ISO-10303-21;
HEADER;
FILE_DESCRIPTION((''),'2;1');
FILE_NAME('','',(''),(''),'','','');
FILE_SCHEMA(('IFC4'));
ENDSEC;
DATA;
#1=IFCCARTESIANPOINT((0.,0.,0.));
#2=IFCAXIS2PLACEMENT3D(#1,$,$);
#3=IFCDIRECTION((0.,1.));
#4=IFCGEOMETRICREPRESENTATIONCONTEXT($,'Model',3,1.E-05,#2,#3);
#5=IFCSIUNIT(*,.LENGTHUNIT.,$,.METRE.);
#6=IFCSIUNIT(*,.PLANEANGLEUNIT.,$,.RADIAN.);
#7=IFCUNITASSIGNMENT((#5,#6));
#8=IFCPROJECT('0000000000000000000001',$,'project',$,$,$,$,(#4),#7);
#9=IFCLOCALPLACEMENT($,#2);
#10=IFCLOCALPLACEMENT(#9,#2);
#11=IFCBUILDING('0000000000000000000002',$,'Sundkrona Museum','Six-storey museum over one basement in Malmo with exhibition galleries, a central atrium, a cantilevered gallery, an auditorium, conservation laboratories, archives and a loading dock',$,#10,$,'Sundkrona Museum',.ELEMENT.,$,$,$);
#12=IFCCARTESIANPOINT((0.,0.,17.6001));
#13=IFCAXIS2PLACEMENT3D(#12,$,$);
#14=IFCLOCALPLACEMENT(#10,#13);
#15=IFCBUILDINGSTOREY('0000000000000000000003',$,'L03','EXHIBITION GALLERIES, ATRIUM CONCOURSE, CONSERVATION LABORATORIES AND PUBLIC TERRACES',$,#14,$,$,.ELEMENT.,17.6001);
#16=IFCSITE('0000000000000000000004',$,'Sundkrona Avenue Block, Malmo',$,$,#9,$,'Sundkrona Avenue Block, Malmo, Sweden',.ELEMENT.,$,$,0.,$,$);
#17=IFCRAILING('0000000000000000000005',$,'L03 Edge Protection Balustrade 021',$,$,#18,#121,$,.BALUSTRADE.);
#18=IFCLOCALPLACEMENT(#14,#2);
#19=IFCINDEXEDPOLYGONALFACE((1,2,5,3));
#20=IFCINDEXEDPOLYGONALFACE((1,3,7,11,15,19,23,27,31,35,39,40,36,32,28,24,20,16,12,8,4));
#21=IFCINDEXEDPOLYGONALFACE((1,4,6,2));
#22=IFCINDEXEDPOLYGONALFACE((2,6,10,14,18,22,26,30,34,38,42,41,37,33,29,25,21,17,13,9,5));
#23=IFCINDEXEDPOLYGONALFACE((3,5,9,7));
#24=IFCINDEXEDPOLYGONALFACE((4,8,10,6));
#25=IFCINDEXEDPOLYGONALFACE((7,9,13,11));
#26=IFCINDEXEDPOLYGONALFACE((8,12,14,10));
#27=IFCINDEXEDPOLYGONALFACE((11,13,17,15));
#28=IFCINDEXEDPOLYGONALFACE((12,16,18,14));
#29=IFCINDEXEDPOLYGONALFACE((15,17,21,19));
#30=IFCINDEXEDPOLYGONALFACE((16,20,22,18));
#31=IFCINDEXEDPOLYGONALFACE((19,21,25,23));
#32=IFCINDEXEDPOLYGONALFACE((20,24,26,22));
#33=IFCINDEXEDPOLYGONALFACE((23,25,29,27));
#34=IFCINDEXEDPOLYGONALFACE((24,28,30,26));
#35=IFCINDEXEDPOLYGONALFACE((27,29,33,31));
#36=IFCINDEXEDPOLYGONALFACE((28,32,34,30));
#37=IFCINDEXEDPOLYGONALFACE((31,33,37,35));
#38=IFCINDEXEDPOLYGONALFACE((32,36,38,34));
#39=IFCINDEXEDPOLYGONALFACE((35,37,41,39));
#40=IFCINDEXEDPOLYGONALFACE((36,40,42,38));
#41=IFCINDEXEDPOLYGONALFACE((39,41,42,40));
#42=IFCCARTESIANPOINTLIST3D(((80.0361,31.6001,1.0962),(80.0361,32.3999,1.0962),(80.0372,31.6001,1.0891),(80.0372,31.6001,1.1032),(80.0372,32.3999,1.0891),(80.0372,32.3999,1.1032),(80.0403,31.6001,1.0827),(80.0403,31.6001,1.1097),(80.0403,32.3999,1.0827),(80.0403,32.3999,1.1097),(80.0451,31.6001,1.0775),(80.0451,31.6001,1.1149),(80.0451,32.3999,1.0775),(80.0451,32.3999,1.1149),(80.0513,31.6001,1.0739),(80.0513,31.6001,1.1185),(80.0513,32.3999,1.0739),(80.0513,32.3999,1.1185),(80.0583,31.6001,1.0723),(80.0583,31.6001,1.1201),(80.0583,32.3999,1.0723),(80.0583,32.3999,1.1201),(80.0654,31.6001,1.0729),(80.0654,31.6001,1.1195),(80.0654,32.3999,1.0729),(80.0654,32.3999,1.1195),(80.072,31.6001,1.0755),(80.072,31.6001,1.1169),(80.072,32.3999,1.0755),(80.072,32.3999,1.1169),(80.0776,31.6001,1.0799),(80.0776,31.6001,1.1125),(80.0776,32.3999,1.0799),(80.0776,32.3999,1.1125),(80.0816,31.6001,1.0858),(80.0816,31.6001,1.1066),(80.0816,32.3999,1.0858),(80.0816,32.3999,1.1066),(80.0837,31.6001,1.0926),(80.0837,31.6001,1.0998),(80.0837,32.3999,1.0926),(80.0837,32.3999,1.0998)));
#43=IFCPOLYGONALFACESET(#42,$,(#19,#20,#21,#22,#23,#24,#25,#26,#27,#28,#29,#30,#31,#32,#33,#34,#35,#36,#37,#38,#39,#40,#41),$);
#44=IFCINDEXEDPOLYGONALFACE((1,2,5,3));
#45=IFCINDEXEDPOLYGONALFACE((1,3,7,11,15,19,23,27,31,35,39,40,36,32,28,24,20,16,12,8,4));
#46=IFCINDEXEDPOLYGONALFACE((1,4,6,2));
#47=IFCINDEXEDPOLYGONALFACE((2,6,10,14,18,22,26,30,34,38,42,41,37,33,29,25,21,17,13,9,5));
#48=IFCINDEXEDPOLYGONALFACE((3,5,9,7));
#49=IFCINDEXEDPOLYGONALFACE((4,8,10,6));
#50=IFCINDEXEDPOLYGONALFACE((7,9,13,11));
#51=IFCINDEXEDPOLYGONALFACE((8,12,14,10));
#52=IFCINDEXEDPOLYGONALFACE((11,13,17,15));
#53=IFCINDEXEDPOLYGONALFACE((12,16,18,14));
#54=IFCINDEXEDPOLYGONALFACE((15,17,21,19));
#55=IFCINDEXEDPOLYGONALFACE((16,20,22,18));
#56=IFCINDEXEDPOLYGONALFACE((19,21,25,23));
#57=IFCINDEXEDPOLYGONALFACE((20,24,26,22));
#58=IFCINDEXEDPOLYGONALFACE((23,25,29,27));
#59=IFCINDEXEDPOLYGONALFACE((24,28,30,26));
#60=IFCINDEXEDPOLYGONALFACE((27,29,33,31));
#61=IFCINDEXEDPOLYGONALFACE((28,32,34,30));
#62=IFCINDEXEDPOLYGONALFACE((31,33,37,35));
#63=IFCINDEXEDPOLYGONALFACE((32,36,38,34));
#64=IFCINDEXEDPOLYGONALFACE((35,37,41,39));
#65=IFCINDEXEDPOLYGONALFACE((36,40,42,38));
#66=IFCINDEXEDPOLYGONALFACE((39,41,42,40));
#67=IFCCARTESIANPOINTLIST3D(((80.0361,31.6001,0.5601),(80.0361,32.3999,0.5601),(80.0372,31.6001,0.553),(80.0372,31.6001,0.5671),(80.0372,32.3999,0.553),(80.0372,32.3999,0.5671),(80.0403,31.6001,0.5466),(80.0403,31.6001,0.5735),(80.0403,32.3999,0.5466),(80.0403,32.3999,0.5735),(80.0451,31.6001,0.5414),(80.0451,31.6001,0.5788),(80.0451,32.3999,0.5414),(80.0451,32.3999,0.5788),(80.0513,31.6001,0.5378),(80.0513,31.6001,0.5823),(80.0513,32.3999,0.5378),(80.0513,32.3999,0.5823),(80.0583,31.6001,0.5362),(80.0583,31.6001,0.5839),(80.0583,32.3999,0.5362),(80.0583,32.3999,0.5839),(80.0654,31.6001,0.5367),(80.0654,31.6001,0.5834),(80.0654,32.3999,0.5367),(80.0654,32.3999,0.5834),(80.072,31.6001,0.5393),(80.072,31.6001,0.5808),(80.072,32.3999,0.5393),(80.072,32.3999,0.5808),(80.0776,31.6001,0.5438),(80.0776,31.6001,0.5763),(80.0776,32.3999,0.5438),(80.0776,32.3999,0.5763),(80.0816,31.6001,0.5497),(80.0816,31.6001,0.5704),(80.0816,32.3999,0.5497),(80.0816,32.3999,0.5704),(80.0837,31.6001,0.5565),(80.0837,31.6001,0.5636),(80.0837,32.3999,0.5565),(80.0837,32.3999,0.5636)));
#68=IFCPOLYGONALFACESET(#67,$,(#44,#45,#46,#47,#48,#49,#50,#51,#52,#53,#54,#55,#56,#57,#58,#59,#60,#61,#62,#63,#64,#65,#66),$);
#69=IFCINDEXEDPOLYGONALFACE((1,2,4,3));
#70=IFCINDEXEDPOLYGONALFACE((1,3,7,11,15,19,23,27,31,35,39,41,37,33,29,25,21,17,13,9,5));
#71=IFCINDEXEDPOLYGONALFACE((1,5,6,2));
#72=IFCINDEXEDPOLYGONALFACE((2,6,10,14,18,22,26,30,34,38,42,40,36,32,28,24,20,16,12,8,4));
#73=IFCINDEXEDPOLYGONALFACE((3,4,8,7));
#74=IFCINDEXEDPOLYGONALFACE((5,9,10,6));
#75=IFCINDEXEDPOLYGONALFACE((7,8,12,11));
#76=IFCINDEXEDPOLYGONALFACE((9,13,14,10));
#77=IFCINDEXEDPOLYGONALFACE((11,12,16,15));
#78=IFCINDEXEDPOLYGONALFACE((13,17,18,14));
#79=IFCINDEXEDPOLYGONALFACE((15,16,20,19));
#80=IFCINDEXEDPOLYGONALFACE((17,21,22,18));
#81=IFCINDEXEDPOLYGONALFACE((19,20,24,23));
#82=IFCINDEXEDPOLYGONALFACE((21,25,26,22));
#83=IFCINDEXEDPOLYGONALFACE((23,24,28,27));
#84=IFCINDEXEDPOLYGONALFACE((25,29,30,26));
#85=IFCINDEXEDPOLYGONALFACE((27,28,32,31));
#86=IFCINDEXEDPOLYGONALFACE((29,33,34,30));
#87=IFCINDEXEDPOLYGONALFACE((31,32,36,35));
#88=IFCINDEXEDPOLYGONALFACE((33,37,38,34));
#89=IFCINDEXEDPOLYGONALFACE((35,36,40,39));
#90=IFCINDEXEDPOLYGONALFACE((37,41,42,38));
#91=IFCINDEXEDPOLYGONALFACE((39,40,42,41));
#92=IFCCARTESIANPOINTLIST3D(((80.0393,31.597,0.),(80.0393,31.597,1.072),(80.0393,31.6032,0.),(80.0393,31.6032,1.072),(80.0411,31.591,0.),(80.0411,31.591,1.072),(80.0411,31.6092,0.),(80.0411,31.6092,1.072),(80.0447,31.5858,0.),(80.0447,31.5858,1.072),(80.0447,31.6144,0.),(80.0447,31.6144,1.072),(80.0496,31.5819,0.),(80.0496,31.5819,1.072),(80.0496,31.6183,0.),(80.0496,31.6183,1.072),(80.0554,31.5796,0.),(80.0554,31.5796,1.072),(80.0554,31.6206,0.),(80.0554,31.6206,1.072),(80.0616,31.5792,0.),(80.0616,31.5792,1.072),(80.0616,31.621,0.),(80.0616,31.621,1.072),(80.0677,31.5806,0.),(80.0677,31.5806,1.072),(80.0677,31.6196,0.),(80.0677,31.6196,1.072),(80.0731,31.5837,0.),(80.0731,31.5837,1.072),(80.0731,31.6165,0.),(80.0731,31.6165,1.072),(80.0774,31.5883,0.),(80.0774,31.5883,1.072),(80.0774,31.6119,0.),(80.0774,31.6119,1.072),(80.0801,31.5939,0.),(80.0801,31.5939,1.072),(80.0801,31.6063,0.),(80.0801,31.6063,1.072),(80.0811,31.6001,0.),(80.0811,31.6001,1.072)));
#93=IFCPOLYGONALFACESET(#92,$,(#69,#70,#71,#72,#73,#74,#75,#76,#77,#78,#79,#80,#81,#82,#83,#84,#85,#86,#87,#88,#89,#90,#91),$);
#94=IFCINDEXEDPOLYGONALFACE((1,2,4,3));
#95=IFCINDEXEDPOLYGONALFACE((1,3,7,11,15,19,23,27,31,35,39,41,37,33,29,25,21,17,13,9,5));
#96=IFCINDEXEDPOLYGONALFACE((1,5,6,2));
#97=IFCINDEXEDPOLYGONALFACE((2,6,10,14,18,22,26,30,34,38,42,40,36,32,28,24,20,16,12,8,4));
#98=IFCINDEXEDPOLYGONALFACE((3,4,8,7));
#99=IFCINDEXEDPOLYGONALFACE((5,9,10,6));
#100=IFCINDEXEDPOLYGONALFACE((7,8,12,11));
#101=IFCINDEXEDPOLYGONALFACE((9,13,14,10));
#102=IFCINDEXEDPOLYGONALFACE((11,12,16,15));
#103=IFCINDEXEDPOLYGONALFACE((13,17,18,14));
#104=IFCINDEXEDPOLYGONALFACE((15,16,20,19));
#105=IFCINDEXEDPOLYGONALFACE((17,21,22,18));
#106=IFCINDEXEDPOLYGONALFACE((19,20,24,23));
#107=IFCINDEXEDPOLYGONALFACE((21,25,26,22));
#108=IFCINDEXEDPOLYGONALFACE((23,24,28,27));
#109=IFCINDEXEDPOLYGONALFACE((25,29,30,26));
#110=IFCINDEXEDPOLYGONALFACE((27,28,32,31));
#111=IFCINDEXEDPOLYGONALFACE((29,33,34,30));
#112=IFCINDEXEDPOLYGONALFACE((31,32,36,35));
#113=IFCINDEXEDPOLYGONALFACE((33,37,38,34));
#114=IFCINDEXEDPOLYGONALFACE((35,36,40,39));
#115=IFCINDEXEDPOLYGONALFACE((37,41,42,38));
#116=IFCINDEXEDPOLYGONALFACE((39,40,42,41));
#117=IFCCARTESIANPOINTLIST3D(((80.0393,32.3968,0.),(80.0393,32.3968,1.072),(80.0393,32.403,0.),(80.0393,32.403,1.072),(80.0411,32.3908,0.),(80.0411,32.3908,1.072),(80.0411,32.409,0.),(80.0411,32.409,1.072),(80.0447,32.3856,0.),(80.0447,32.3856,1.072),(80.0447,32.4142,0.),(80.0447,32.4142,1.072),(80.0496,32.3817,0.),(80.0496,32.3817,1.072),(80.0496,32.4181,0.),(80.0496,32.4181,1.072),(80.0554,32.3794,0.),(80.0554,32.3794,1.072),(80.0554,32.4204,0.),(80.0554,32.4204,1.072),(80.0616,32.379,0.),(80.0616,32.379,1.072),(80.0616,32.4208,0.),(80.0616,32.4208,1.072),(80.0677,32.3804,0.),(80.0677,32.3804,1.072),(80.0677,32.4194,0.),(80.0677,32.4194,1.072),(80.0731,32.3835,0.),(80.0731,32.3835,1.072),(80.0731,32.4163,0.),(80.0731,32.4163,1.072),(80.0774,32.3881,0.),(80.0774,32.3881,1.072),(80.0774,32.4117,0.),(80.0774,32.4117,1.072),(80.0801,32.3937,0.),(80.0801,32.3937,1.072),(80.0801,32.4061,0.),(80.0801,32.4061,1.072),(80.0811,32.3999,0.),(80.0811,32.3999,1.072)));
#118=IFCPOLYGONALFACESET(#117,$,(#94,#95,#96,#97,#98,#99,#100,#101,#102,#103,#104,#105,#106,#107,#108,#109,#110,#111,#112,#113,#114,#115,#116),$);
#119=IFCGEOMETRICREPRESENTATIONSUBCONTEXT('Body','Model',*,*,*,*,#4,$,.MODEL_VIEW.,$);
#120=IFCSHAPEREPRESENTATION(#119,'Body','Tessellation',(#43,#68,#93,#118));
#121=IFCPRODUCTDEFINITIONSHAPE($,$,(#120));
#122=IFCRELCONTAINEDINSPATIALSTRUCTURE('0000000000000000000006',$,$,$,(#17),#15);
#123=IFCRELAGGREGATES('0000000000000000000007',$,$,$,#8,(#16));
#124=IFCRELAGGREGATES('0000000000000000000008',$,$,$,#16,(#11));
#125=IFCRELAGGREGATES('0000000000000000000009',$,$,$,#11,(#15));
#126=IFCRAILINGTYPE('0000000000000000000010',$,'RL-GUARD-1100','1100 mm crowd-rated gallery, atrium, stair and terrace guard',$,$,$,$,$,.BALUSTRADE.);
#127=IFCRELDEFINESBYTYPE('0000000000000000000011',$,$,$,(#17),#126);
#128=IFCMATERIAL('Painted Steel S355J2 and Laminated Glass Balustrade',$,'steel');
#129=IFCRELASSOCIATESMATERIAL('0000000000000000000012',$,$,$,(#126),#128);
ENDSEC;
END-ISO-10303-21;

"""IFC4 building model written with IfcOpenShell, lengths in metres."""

from ifc_helpers import new_model, si_unit, direction, frame, origin, origin_2d, place, context, subcontext, project, spatial, circle, extrude, material, type_object, element, save


model = new_model("IFC4")

# Units and contexts
model_context = context("Model", 3, precision=1e-05, world=origin(), true_north=direction((0.0, 1.0)))
body_context = subcontext(model_context, "Body", "Model", "MODEL_VIEW")
ifc_project = project(units=[si_unit("LENGTHUNIT", "METRE"), si_unit("PLANEANGLEUNIT", "RADIAN")], contexts=[model_context])

# Site, building, storey
site_placement = place(None, origin())
site = spatial("IfcSite", under=ifc_project, at=site_placement, Name="Sundkrona Avenue Block, Malmo", LongName="Sundkrona Avenue Block, Malmo, Sweden", CompositionType="ELEMENT", RefElevation=0.0)
building_placement = place(site_placement, origin())
building = spatial("IfcBuilding", under=site, at=building_placement, Name="Sundkrona Museum", Description="Six-storey museum over one basement in Malmo with exhibition galleries, a central atrium, a cantilevered gallery, an auditorium, conservation laboratories, archives and a loading dock", LongName="Sundkrona Museum", CompositionType="ELEMENT")
storey_placement = place(building_placement, frame((0.0, 0.0, 17.6001)))
storey = spatial("IfcBuildingStorey", under=building, at=storey_placement, Name="L03", Description="EXHIBITION GALLERIES, ATRIUM CONCOURSE, CONSERVATION LABORATORIES AND PUBLIC TERRACES", CompositionType="ELEMENT", Elevation=17.6001)

# Railing
ifc_material_1 = material(Name="Painted Steel S355J2 and Laminated Glass Balustrade", Category="steel")
railing_type = type_object("IfcRailingType", Name="RL-GUARD-1100", Description="1100 mm crowd-rated gallery, atrium, stair and terrace guard", PredefinedType="BALUSTRADE", material=ifc_material_1)
for number, where, name in (
    (1, (80.0601, 31.6001, 0.0), "L03 Edge Protection Balustrade 021"),
):
    element("IfcRailing", number, at=place(storey_placement, frame(where)), inside=storey, type_object=railing_type, Name=name, PredefinedType="BALUSTRADE", context=body_context, shape_type="SweptSolid", body=[
        extrude(circle(Radius=0.0239, at=origin_2d()), frame((0.0, 0.0, 1.0962), z_axis=(0.0, 1.0, 0.0), x_axis=(-1.0, 0.0, 0.0)), (0.0, 0.0, 1.0), 0.7998),
        extrude(circle(Radius=0.0239, at=origin_2d()), frame((0.0, 0.0, 0.5601), z_axis=(0.0, 1.0, 0.0), x_axis=(-1.0, 0.0, 0.0)), (0.0, 0.0, 1.0), 0.7998),
        extrude(circle(Radius=0.021, at=origin_2d()), origin(), (0.0, 0.0, 1.0), 1.072),
        extrude(circle(Radius=0.021, at=origin_2d()), frame((0.0, 0.7998, 0.0)), (0.0, 0.0, 1.0), 1.072),
    ])

save(model, "model.ifc")
